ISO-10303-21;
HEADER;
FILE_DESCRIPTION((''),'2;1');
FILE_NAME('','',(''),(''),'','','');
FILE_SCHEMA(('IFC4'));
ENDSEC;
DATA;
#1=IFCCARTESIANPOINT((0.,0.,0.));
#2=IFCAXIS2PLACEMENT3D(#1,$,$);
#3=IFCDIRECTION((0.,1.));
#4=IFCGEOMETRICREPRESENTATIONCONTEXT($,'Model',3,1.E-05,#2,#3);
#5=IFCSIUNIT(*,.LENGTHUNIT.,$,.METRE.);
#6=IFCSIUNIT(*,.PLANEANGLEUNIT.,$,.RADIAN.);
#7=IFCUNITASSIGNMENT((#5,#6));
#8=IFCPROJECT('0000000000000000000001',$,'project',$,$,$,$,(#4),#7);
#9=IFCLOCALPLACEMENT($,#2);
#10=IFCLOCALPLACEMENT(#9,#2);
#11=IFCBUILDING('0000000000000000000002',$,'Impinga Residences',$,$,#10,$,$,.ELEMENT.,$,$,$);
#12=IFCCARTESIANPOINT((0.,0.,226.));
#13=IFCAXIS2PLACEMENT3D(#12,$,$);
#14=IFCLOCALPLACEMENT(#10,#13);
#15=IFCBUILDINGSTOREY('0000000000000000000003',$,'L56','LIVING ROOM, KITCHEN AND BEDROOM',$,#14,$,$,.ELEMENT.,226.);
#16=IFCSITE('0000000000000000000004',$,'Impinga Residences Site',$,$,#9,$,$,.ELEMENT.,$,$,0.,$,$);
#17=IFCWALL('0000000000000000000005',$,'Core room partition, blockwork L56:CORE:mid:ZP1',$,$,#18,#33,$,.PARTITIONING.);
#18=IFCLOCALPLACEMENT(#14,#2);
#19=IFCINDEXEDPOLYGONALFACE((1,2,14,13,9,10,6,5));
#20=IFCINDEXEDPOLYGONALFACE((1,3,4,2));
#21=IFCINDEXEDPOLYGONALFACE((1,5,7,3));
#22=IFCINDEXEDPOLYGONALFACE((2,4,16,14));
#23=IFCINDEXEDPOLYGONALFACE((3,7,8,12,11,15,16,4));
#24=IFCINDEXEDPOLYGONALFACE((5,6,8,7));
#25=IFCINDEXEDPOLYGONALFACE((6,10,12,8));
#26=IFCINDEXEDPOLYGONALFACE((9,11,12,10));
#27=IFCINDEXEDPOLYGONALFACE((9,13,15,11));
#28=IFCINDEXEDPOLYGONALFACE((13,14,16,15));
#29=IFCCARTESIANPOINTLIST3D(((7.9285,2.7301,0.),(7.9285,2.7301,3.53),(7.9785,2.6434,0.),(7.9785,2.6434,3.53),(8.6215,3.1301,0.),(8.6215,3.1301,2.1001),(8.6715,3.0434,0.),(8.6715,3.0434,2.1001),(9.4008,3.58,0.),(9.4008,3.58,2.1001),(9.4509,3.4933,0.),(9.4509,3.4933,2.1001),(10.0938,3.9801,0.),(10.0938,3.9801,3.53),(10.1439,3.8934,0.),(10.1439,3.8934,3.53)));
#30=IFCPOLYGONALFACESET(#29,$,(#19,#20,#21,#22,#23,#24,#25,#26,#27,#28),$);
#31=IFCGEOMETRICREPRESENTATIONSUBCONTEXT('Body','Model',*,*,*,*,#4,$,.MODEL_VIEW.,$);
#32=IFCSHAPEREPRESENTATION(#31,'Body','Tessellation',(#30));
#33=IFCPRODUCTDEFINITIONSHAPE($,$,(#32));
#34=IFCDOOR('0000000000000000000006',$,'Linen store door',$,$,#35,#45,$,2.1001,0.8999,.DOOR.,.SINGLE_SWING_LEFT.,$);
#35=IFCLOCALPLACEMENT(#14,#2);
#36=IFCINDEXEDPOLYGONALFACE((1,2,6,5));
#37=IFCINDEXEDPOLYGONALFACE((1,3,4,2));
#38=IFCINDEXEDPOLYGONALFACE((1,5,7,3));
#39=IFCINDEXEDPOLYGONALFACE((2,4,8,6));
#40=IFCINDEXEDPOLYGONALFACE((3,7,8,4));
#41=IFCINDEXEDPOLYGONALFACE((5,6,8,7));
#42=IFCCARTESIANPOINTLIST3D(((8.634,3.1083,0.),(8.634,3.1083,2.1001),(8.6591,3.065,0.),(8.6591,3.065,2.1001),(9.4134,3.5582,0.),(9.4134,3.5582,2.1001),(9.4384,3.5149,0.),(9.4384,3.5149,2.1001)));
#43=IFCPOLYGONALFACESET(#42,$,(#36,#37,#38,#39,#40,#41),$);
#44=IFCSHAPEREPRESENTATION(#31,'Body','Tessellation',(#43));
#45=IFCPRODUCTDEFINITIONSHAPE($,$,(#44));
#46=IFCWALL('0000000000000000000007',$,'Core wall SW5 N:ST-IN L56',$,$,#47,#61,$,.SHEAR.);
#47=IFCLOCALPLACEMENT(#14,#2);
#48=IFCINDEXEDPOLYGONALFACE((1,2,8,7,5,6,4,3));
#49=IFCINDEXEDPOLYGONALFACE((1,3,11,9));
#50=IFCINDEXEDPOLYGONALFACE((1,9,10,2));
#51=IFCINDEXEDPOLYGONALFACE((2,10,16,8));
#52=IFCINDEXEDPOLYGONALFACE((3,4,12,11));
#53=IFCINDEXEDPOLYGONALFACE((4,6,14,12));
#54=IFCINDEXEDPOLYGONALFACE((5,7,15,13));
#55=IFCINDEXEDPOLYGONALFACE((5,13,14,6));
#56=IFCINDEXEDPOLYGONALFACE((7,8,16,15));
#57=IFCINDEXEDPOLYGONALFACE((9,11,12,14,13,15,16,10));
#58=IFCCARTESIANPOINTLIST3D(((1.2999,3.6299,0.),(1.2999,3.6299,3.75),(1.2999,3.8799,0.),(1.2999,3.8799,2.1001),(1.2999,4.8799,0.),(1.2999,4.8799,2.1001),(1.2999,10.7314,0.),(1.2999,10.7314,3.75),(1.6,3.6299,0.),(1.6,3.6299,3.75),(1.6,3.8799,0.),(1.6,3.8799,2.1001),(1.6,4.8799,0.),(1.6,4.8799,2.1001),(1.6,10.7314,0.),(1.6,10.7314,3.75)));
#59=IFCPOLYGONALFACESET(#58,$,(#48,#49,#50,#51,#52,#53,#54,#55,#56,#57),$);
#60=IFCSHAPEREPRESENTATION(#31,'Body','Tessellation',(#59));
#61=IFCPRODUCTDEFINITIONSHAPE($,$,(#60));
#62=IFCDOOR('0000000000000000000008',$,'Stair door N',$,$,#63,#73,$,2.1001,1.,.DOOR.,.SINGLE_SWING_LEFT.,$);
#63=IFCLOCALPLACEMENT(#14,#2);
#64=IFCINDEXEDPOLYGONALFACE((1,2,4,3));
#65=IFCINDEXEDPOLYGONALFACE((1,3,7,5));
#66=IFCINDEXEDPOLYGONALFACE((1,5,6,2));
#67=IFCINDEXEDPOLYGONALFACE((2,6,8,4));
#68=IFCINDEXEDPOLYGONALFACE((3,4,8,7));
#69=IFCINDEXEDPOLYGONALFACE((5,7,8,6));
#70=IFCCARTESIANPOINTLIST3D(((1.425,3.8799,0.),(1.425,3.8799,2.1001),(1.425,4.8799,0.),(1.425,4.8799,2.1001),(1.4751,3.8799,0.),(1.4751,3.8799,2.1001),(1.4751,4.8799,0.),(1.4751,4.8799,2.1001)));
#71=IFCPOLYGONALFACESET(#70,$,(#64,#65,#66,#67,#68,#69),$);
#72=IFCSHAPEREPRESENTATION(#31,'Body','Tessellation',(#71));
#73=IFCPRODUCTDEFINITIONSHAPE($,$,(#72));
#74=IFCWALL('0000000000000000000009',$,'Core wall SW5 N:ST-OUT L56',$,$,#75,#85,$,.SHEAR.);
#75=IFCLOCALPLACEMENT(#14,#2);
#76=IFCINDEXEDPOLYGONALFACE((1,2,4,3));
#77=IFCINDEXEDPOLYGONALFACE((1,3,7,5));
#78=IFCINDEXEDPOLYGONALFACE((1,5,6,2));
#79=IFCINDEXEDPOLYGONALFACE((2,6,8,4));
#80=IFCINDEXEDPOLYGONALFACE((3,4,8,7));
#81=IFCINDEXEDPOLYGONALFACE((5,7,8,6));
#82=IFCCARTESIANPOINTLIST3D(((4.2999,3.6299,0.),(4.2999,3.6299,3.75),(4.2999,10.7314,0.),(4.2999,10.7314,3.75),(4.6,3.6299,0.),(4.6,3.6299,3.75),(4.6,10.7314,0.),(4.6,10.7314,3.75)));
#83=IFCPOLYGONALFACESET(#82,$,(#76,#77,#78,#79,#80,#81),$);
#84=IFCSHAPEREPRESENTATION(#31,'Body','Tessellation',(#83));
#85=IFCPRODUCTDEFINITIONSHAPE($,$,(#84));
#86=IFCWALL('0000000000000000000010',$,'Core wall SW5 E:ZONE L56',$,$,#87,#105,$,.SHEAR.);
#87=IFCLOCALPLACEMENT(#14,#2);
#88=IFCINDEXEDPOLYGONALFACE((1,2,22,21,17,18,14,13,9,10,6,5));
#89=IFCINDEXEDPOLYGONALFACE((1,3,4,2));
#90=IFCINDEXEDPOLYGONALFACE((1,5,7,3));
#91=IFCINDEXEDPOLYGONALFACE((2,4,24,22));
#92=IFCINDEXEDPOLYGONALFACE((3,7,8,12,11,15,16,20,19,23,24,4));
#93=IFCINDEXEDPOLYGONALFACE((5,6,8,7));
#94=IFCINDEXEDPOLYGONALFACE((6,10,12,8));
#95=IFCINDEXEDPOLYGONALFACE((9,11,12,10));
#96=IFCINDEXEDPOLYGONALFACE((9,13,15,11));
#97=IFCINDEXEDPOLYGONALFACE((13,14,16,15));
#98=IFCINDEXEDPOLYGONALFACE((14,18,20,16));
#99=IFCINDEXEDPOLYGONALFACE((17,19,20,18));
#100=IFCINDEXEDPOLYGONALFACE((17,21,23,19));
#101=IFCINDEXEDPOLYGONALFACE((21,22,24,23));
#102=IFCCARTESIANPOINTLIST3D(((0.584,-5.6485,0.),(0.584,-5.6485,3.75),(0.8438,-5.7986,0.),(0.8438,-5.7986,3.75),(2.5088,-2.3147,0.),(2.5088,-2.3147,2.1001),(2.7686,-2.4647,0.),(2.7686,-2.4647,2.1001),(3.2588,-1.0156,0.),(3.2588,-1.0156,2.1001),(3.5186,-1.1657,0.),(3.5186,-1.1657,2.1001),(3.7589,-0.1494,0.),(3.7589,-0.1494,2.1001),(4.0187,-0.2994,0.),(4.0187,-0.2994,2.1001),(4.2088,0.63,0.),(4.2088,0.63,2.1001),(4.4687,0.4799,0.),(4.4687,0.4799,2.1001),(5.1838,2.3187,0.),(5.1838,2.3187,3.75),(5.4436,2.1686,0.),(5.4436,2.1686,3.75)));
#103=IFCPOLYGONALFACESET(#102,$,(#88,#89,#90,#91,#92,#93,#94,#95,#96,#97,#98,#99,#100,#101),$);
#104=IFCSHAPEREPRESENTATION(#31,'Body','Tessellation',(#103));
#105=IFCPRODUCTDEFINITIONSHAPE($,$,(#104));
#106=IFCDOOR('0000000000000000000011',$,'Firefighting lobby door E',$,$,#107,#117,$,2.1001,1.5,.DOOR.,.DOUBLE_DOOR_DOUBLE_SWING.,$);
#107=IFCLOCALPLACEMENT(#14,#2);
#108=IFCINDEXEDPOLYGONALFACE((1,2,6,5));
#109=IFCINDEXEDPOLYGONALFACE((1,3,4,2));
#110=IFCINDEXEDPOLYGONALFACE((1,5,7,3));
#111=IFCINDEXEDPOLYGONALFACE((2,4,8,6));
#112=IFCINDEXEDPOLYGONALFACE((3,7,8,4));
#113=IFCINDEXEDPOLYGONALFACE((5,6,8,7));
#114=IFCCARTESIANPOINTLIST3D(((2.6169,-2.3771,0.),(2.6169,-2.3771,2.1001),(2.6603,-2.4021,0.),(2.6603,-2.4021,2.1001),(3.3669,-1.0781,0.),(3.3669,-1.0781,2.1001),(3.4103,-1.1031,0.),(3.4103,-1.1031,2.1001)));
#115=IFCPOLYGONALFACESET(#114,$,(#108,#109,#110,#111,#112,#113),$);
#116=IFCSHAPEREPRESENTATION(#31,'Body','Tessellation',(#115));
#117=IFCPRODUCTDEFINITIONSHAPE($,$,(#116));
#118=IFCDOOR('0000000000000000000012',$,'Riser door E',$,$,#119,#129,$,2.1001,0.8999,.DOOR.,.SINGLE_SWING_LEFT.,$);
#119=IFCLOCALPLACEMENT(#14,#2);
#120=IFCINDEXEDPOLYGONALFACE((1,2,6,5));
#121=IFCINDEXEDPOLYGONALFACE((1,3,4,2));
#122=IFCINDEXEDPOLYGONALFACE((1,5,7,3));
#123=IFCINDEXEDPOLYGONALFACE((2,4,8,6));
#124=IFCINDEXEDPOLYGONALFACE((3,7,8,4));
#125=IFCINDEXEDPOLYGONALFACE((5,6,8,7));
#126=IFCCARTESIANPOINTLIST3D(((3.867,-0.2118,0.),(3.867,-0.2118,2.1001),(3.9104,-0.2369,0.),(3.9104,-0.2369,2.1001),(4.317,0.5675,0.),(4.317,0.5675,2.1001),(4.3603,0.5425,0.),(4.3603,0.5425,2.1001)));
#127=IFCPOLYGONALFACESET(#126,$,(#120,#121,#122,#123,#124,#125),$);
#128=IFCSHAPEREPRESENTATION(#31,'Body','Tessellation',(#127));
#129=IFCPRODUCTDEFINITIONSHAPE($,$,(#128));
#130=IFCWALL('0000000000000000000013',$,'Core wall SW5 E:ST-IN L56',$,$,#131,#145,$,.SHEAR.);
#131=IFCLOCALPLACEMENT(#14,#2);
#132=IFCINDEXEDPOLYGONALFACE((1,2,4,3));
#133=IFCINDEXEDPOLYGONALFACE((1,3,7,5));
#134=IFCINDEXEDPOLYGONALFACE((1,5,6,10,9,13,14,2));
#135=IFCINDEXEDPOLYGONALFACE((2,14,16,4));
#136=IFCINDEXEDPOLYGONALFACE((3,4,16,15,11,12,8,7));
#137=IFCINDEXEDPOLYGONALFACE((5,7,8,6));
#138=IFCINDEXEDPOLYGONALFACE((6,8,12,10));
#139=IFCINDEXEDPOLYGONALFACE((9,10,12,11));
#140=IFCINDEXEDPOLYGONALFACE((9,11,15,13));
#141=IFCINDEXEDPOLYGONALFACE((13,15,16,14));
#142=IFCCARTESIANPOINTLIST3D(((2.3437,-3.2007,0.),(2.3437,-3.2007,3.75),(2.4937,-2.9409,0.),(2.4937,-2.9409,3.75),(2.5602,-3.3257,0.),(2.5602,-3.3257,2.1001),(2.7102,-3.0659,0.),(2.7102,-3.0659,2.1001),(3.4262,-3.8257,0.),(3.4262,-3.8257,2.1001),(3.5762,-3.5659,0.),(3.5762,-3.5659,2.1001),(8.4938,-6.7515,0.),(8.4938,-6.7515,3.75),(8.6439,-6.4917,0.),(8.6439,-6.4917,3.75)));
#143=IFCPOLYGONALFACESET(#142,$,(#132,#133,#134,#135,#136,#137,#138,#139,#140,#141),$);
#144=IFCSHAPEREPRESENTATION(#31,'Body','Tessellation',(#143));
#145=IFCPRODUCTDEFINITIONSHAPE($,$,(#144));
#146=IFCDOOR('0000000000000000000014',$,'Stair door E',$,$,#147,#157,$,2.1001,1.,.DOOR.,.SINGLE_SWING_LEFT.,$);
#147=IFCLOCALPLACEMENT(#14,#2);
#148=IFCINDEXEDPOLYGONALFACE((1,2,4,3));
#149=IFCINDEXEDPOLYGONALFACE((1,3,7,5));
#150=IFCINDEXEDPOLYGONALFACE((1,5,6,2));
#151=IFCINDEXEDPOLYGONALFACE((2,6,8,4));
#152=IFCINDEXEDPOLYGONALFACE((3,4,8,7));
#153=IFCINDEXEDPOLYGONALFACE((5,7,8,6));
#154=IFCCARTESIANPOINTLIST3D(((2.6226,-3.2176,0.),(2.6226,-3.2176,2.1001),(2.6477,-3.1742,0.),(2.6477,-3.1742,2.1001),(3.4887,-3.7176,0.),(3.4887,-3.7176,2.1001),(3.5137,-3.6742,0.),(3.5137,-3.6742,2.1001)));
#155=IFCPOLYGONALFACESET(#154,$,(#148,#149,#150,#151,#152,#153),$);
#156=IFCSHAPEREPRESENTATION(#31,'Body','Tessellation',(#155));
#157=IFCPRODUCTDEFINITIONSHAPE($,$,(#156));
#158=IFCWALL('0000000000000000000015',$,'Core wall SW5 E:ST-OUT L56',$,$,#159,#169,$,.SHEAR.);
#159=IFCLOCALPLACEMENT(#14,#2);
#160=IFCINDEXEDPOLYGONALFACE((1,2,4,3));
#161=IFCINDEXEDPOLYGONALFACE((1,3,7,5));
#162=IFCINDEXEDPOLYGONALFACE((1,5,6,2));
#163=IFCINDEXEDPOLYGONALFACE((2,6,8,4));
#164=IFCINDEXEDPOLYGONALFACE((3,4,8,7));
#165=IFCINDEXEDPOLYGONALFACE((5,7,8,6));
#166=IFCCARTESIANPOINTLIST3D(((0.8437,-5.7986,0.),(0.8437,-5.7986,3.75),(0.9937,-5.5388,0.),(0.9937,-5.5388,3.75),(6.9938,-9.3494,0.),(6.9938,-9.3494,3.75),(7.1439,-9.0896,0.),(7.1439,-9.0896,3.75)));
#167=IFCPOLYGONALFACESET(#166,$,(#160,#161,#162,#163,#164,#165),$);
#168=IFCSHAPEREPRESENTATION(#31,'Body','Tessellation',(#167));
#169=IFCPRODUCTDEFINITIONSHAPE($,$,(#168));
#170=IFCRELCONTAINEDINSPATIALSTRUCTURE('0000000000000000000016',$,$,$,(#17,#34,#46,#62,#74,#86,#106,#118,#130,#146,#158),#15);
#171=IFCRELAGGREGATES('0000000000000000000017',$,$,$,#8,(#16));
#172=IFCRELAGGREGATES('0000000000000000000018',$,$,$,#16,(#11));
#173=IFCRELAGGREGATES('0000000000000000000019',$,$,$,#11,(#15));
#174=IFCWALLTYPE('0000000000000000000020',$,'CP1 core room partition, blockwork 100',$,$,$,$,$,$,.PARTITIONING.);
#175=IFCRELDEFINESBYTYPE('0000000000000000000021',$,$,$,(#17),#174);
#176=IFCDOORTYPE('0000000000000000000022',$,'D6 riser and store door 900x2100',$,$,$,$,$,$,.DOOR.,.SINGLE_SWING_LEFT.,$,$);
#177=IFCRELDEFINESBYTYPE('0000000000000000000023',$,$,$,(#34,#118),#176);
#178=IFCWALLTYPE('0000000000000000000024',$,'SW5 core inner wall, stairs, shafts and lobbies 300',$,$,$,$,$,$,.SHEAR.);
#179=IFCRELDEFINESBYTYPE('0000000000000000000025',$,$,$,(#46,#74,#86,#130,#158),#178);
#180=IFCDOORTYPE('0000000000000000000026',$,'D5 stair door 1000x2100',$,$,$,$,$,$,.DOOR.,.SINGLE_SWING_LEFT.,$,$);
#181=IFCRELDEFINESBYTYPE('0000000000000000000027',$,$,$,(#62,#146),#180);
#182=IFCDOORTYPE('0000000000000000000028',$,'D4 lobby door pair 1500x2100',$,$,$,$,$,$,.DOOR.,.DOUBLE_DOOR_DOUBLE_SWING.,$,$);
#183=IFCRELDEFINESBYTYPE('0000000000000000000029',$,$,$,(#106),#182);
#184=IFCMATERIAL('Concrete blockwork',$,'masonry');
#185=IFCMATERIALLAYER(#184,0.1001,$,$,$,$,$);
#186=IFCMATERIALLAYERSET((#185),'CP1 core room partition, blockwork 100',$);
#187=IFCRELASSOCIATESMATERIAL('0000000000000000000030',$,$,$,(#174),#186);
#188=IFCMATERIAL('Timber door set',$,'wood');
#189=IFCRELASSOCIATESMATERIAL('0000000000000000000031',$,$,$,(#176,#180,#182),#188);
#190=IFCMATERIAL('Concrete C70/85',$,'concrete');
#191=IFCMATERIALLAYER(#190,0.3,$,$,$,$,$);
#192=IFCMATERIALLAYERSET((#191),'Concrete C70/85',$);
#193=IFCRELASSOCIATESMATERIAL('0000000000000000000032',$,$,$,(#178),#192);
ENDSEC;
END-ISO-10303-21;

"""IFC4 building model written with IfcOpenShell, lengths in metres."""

from ifc_helpers import new_model, si_unit, direction, frame, frame_2d, origin, place, context, subcontext, project, spatial, rectangle, extrude, material, layer, layer_set, type_object, element, fill, save


model = new_model("IFC4")

# Units and contexts
model_context = context("Model", 3, precision=1e-05, world=origin(), true_north=direction((0.0, 1.0)))
body_context = subcontext(model_context, "Body", "Model", "MODEL_VIEW")
ifc_project = project(units=[si_unit("LENGTHUNIT", "METRE"), si_unit("PLANEANGLEUNIT", "RADIAN")], contexts=[model_context])

# Site, building, storey
site_placement = place(None, origin())
site = spatial("IfcSite", under=ifc_project, at=site_placement, Name="Impinga Residences Site", CompositionType="ELEMENT", RefElevation=0.0)
building_placement = place(site_placement, origin())
building = spatial("IfcBuilding", under=site, at=building_placement, Name="Impinga Residences", CompositionType="ELEMENT")
storey_placement = place(building_placement, frame((0.0, 0.0, 226.0)))
storey = spatial("IfcBuildingStorey", under=building, at=storey_placement, Name="L56", Description="LIVING ROOM, KITCHEN AND BEDROOM", CompositionType="ELEMENT", Elevation=226.0)

# Walls, openings, doors
ifc_material_1 = material(Name="Concrete blockwork", Category="masonry")
ifc_layer_1 = layer(ifc_material_1, 0.1001)
ifc_layer_set_1 = layer_set([ifc_layer_1], Name="CP1 core room partition, blockwork 100")
wall_type_1 = type_object("IfcWallType", Name="CP1 core room partition, blockwork 100", PredefinedType="PARTITIONING", material=ifc_layer_set_1)
wall_1_placement = place(storey_placement, frame((7.9536, 2.6868, 0.0), z_axis=(0.0, 0.0, 1.0), x_axis=(0.866047, 0.499962, 0.0)))
wall_1 = element("IfcWall", 1, at=wall_1_placement, inside=storey, type_object=wall_type_1, Name="Core room partition, blockwork L56:CORE:mid:ZP1", PredefinedType="PARTITIONING", context=body_context, shape_type="SweptSolid", body=[
    extrude(rectangle(XDim=2.5002, YDim=0.1001, at=frame_2d((1.25, 0.0))), origin(), (0.0, 0.0, 1.0), 3.53),
])
opening_1_placement = place(wall_1_placement, frame((0.8, 0.0, 0.0)))
opening_1 = element("IfcOpeningElement", 2, at=opening_1_placement, cuts=wall_1, PredefinedType="OPENING", context=body_context, shape_type="SweptSolid", body=[
    extrude(rectangle(XDim=0.8999, YDim=2.1001, at=frame_2d((0.45, 1.05))), frame((0.0, 0.0601, 0.0), z_axis=(0.0, -1.0, 0.0), x_axis=(1.0, 0.0, 0.0)), (0.0, 0.0, 1.0), 0.1201),
])
ifc_material_2 = material(Name="Timber door set", Category="wood")
door_type_1 = type_object("IfcDoorType", Name="D6 riser and store door 900x2100", OperationType="SINGLE_SWING_LEFT", PredefinedType="DOOR", material=ifc_material_2)
door_1_placement = place(opening_1_placement, origin())
door_1 = element("IfcDoor", 3, at=door_1_placement, inside=storey, type_object=door_type_1, Name="Linen store door", OperationType="SINGLE_SWING_LEFT", OverallHeight=2.1001, OverallWidth=0.8999, PredefinedType="DOOR", context=body_context, shape_type="SweptSolid", body=[
    extrude(rectangle(XDim=0.8999, YDim=2.1001, at=frame_2d((0.45, 1.05))), frame((0.0, 0.0249, 0.0), z_axis=(0.0, -1.0, 0.0), x_axis=(1.0, 0.0, 0.0)), (0.0, 0.0, 1.0), 0.05),
])
fill(opening_1, door_1)
ifc_material_3 = material(Name="Concrete C70/85", Category="concrete")
ifc_layer_2 = layer(ifc_material_3, 0.3)
ifc_layer_set_2 = layer_set([ifc_layer_2], Name="Concrete C70/85")
wall_type_2 = type_object("IfcWallType", Name="SW5 core inner wall, stairs, shafts and lobbies 300", PredefinedType="SHEAR", material=ifc_layer_set_2)
wall_2_placement = place(storey_placement, frame((1.45, 3.6299, 0.0), z_axis=(0.0, 0.0, 1.0), x_axis=(0.0, 1.0, 0.0)))
wall_2 = element("IfcWall", 4, at=wall_2_placement, inside=storey, type_object=wall_type_2, Name="Core wall SW5 N:ST-IN L56", PredefinedType="SHEAR", context=body_context, shape_type="SweptSolid", body=[
    extrude(rectangle(XDim=7.1016, YDim=0.3, at=frame_2d((3.5508, 0.0))), origin(), (0.0, 0.0, 1.0), 3.75),
])
opening_2_placement = place(wall_2_placement, frame((0.25, 0.0, 0.0)))
opening_2 = element("IfcOpeningElement", 5, at=opening_2_placement, cuts=wall_2, PredefinedType="OPENING", context=body_context, shape_type="SweptSolid", body=[
    extrude(rectangle(XDim=1.0, YDim=2.1001, at=frame_2d((0.5, 1.05))), frame((0.0, 0.1599, 0.0), z_axis=(0.0, -1.0, 0.0), x_axis=(1.0, 0.0, 0.0)), (0.0, 0.0, 1.0), 0.3201),
])
door_type_2 = type_object("IfcDoorType", Name="D5 stair door 1000x2100", OperationType="SINGLE_SWING_LEFT", PredefinedType="DOOR", material=ifc_material_2)
door_2_placement = place(opening_2_placement, origin())
door_2 = element("IfcDoor", 6, at=door_2_placement, inside=storey, type_object=door_type_2, Name="Stair door N", OperationType="SINGLE_SWING_LEFT", OverallHeight=2.1001, OverallWidth=1.0, PredefinedType="DOOR", context=body_context, shape_type="SweptSolid", body=[
    extrude(rectangle(XDim=1.0, YDim=2.1001, at=frame_2d((0.5, 1.05))), frame((0.0, 0.0249, 0.0), z_axis=(0.0, -1.0, 0.0), x_axis=(1.0, 0.0, 0.0)), (0.0, 0.0, 1.0), 0.05),
])
fill(opening_2, door_2)

# Wall
wall_3_placement = place(storey_placement, frame((4.45, 3.6299, 0.0), z_axis=(0.0, 0.0, 1.0), x_axis=(0.0, 1.0, 0.0)))
element("IfcWall", 7, at=wall_3_placement, inside=storey, type_object=wall_type_2, Name="Core wall SW5 N:ST-OUT L56", PredefinedType="SHEAR", context=body_context, shape_type="SweptSolid", body=[
    extrude(rectangle(XDim=7.1016, YDim=0.3, at=frame_2d((3.5508, 0.0))), origin(), (0.0, 0.0, 1.0), 3.75),
])

# Wall, openings, doors
wall_4_placement = place(storey_placement, frame((5.3137, 2.2437, 0.0), z_axis=(0.0, 0.0, 1.0), x_axis=(-0.499995, -0.866028, 0.0)))
wall_4 = element("IfcWall", 8, at=wall_4_placement, inside=storey, type_object=wall_type_2, Name="Core wall SW5 E:ZONE L56", PredefinedType="SHEAR", context=body_context, shape_type="SweptSolid", body=[
    extrude(rectangle(XDim=9.1997, YDim=0.3, at=frame_2d((4.5999, 0.0))), origin(), (0.0, 0.0, 1.0), 3.75),
])
opening_3_placement = place(wall_4_placement, frame((3.8501, 0.0, 0.0)))
opening_3 = element("IfcOpeningElement", 9, at=opening_3_placement, cuts=wall_4, PredefinedType="OPENING", context=body_context, shape_type="SweptSolid", body=[
    extrude(rectangle(XDim=1.5, YDim=2.1001, at=frame_2d((0.75, 1.05))), frame((0.0, 0.1599, 0.0), z_axis=(0.0, -1.0, 0.0), x_axis=(1.0, 0.0, 0.0)), (0.0, 0.0, 1.0), 0.3201),
])
opening_4_placement = place(wall_4_placement, frame((1.95, 0.0, 0.0)))
opening_4 = element("IfcOpeningElement", 10, at=opening_4_placement, cuts=wall_4, PredefinedType="OPENING", context=body_context, shape_type="SweptSolid", body=[
    extrude(rectangle(XDim=0.8999, YDim=2.1001, at=frame_2d((0.45, 1.05))), frame((0.0, 0.1599, 0.0), z_axis=(0.0, -1.0, 0.0), x_axis=(1.0, 0.0, 0.0)), (0.0, 0.0, 1.0), 0.3201),
])
door_type_3 = type_object("IfcDoorType", Name="D4 lobby door pair 1500x2100", OperationType="DOUBLE_DOOR_DOUBLE_SWING", PredefinedType="DOOR", material=ifc_material_2)
door_3_placement = place(opening_3_placement, origin())
door_3 = element("IfcDoor", 11, at=door_3_placement, inside=storey, type_object=door_type_3, Name="Firefighting lobby door E", OperationType="DOUBLE_DOOR_DOUBLE_SWING", OverallHeight=2.1001, OverallWidth=1.5, PredefinedType="DOOR", context=body_context, shape_type="SweptSolid", body=[
    extrude(rectangle(XDim=1.5, YDim=2.1001, at=frame_2d((0.75, 1.05))), frame((0.0, 0.0249, 0.0), z_axis=(0.0, -1.0, 0.0), x_axis=(1.0, 0.0, 0.0)), (0.0, 0.0, 1.0), 0.05),
])
fill(opening_3, door_3)
door_4_placement = place(opening_4_placement, origin())
door_4 = element("IfcDoor", 12, at=door_4_placement, inside=storey, type_object=door_type_1, Name="Riser door E", OperationType="SINGLE_SWING_LEFT", OverallHeight=2.1001, OverallWidth=0.8999, PredefinedType="DOOR", context=body_context, shape_type="SweptSolid", body=[
    extrude(rectangle(XDim=0.8999, YDim=2.1001, at=frame_2d((0.45, 1.05))), frame((0.0, 0.0249, 0.0), z_axis=(0.0, -1.0, 0.0), x_axis=(1.0, 0.0, 0.0)), (0.0, 0.0, 1.0), 0.05),
])
fill(opening_4, door_4)

# Wall, opening, door
wall_5_placement = place(storey_placement, frame((2.4187, -3.0708, 0.0), z_axis=(0.0, 0.0, 1.0), x_axis=(0.866026, -0.499999, 0.0)))
wall_5 = element("IfcWall", 13, at=wall_5_placement, inside=storey, type_object=wall_type_2, Name="Core wall SW5 E:ST-IN L56", PredefinedType="SHEAR", context=body_context, shape_type="SweptSolid", body=[
    extrude(rectangle(XDim=7.1016, YDim=0.3, at=frame_2d((3.5508, 0.0))), origin(), (0.0, 0.0, 1.0), 3.75),
])
opening_5_placement = place(wall_5_placement, frame((0.25, 0.0, 0.0)))
opening_5 = element("IfcOpeningElement", 14, at=opening_5_placement, cuts=wall_5, PredefinedType="OPENING", context=body_context, shape_type="SweptSolid", body=[
    extrude(rectangle(XDim=1.0, YDim=2.1001, at=frame_2d((0.5, 1.05))), frame((0.0, 0.1599, 0.0), z_axis=(0.0, -1.0, 0.0), x_axis=(1.0, 0.0, 0.0)), (0.0, 0.0, 1.0), 0.3201),
])
door_5_placement = place(opening_5_placement, origin())
door_5 = element("IfcDoor", 15, at=door_5_placement, inside=storey, type_object=door_type_2, Name="Stair door E", OperationType="SINGLE_SWING_LEFT", OverallHeight=2.1001, OverallWidth=1.0, PredefinedType="DOOR", context=body_context, shape_type="SweptSolid", body=[
    extrude(rectangle(XDim=1.0, YDim=2.1001, at=frame_2d((0.5, 1.05))), frame((0.0, 0.0249, 0.0), z_axis=(0.0, -1.0, 0.0), x_axis=(1.0, 0.0, 0.0)), (0.0, 0.0, 1.0), 0.05),
])
fill(opening_5, door_5)

# Wall
wall_6_placement = place(storey_placement, frame((0.9187, -5.6687, 0.0), z_axis=(0.0, 0.0, 1.0), x_axis=(0.866026, -0.499999, 0.0)))
element("IfcWall", 16, at=wall_6_placement, inside=storey, type_object=wall_type_2, Name="Core wall SW5 E:ST-OUT L56", PredefinedType="SHEAR", context=body_context, shape_type="SweptSolid", body=[
    extrude(rectangle(XDim=7.1016, YDim=0.3, at=frame_2d((3.5508, 0.0))), origin(), (0.0, 0.0, 1.0), 3.75),
])

save(model, "model.ifc")
